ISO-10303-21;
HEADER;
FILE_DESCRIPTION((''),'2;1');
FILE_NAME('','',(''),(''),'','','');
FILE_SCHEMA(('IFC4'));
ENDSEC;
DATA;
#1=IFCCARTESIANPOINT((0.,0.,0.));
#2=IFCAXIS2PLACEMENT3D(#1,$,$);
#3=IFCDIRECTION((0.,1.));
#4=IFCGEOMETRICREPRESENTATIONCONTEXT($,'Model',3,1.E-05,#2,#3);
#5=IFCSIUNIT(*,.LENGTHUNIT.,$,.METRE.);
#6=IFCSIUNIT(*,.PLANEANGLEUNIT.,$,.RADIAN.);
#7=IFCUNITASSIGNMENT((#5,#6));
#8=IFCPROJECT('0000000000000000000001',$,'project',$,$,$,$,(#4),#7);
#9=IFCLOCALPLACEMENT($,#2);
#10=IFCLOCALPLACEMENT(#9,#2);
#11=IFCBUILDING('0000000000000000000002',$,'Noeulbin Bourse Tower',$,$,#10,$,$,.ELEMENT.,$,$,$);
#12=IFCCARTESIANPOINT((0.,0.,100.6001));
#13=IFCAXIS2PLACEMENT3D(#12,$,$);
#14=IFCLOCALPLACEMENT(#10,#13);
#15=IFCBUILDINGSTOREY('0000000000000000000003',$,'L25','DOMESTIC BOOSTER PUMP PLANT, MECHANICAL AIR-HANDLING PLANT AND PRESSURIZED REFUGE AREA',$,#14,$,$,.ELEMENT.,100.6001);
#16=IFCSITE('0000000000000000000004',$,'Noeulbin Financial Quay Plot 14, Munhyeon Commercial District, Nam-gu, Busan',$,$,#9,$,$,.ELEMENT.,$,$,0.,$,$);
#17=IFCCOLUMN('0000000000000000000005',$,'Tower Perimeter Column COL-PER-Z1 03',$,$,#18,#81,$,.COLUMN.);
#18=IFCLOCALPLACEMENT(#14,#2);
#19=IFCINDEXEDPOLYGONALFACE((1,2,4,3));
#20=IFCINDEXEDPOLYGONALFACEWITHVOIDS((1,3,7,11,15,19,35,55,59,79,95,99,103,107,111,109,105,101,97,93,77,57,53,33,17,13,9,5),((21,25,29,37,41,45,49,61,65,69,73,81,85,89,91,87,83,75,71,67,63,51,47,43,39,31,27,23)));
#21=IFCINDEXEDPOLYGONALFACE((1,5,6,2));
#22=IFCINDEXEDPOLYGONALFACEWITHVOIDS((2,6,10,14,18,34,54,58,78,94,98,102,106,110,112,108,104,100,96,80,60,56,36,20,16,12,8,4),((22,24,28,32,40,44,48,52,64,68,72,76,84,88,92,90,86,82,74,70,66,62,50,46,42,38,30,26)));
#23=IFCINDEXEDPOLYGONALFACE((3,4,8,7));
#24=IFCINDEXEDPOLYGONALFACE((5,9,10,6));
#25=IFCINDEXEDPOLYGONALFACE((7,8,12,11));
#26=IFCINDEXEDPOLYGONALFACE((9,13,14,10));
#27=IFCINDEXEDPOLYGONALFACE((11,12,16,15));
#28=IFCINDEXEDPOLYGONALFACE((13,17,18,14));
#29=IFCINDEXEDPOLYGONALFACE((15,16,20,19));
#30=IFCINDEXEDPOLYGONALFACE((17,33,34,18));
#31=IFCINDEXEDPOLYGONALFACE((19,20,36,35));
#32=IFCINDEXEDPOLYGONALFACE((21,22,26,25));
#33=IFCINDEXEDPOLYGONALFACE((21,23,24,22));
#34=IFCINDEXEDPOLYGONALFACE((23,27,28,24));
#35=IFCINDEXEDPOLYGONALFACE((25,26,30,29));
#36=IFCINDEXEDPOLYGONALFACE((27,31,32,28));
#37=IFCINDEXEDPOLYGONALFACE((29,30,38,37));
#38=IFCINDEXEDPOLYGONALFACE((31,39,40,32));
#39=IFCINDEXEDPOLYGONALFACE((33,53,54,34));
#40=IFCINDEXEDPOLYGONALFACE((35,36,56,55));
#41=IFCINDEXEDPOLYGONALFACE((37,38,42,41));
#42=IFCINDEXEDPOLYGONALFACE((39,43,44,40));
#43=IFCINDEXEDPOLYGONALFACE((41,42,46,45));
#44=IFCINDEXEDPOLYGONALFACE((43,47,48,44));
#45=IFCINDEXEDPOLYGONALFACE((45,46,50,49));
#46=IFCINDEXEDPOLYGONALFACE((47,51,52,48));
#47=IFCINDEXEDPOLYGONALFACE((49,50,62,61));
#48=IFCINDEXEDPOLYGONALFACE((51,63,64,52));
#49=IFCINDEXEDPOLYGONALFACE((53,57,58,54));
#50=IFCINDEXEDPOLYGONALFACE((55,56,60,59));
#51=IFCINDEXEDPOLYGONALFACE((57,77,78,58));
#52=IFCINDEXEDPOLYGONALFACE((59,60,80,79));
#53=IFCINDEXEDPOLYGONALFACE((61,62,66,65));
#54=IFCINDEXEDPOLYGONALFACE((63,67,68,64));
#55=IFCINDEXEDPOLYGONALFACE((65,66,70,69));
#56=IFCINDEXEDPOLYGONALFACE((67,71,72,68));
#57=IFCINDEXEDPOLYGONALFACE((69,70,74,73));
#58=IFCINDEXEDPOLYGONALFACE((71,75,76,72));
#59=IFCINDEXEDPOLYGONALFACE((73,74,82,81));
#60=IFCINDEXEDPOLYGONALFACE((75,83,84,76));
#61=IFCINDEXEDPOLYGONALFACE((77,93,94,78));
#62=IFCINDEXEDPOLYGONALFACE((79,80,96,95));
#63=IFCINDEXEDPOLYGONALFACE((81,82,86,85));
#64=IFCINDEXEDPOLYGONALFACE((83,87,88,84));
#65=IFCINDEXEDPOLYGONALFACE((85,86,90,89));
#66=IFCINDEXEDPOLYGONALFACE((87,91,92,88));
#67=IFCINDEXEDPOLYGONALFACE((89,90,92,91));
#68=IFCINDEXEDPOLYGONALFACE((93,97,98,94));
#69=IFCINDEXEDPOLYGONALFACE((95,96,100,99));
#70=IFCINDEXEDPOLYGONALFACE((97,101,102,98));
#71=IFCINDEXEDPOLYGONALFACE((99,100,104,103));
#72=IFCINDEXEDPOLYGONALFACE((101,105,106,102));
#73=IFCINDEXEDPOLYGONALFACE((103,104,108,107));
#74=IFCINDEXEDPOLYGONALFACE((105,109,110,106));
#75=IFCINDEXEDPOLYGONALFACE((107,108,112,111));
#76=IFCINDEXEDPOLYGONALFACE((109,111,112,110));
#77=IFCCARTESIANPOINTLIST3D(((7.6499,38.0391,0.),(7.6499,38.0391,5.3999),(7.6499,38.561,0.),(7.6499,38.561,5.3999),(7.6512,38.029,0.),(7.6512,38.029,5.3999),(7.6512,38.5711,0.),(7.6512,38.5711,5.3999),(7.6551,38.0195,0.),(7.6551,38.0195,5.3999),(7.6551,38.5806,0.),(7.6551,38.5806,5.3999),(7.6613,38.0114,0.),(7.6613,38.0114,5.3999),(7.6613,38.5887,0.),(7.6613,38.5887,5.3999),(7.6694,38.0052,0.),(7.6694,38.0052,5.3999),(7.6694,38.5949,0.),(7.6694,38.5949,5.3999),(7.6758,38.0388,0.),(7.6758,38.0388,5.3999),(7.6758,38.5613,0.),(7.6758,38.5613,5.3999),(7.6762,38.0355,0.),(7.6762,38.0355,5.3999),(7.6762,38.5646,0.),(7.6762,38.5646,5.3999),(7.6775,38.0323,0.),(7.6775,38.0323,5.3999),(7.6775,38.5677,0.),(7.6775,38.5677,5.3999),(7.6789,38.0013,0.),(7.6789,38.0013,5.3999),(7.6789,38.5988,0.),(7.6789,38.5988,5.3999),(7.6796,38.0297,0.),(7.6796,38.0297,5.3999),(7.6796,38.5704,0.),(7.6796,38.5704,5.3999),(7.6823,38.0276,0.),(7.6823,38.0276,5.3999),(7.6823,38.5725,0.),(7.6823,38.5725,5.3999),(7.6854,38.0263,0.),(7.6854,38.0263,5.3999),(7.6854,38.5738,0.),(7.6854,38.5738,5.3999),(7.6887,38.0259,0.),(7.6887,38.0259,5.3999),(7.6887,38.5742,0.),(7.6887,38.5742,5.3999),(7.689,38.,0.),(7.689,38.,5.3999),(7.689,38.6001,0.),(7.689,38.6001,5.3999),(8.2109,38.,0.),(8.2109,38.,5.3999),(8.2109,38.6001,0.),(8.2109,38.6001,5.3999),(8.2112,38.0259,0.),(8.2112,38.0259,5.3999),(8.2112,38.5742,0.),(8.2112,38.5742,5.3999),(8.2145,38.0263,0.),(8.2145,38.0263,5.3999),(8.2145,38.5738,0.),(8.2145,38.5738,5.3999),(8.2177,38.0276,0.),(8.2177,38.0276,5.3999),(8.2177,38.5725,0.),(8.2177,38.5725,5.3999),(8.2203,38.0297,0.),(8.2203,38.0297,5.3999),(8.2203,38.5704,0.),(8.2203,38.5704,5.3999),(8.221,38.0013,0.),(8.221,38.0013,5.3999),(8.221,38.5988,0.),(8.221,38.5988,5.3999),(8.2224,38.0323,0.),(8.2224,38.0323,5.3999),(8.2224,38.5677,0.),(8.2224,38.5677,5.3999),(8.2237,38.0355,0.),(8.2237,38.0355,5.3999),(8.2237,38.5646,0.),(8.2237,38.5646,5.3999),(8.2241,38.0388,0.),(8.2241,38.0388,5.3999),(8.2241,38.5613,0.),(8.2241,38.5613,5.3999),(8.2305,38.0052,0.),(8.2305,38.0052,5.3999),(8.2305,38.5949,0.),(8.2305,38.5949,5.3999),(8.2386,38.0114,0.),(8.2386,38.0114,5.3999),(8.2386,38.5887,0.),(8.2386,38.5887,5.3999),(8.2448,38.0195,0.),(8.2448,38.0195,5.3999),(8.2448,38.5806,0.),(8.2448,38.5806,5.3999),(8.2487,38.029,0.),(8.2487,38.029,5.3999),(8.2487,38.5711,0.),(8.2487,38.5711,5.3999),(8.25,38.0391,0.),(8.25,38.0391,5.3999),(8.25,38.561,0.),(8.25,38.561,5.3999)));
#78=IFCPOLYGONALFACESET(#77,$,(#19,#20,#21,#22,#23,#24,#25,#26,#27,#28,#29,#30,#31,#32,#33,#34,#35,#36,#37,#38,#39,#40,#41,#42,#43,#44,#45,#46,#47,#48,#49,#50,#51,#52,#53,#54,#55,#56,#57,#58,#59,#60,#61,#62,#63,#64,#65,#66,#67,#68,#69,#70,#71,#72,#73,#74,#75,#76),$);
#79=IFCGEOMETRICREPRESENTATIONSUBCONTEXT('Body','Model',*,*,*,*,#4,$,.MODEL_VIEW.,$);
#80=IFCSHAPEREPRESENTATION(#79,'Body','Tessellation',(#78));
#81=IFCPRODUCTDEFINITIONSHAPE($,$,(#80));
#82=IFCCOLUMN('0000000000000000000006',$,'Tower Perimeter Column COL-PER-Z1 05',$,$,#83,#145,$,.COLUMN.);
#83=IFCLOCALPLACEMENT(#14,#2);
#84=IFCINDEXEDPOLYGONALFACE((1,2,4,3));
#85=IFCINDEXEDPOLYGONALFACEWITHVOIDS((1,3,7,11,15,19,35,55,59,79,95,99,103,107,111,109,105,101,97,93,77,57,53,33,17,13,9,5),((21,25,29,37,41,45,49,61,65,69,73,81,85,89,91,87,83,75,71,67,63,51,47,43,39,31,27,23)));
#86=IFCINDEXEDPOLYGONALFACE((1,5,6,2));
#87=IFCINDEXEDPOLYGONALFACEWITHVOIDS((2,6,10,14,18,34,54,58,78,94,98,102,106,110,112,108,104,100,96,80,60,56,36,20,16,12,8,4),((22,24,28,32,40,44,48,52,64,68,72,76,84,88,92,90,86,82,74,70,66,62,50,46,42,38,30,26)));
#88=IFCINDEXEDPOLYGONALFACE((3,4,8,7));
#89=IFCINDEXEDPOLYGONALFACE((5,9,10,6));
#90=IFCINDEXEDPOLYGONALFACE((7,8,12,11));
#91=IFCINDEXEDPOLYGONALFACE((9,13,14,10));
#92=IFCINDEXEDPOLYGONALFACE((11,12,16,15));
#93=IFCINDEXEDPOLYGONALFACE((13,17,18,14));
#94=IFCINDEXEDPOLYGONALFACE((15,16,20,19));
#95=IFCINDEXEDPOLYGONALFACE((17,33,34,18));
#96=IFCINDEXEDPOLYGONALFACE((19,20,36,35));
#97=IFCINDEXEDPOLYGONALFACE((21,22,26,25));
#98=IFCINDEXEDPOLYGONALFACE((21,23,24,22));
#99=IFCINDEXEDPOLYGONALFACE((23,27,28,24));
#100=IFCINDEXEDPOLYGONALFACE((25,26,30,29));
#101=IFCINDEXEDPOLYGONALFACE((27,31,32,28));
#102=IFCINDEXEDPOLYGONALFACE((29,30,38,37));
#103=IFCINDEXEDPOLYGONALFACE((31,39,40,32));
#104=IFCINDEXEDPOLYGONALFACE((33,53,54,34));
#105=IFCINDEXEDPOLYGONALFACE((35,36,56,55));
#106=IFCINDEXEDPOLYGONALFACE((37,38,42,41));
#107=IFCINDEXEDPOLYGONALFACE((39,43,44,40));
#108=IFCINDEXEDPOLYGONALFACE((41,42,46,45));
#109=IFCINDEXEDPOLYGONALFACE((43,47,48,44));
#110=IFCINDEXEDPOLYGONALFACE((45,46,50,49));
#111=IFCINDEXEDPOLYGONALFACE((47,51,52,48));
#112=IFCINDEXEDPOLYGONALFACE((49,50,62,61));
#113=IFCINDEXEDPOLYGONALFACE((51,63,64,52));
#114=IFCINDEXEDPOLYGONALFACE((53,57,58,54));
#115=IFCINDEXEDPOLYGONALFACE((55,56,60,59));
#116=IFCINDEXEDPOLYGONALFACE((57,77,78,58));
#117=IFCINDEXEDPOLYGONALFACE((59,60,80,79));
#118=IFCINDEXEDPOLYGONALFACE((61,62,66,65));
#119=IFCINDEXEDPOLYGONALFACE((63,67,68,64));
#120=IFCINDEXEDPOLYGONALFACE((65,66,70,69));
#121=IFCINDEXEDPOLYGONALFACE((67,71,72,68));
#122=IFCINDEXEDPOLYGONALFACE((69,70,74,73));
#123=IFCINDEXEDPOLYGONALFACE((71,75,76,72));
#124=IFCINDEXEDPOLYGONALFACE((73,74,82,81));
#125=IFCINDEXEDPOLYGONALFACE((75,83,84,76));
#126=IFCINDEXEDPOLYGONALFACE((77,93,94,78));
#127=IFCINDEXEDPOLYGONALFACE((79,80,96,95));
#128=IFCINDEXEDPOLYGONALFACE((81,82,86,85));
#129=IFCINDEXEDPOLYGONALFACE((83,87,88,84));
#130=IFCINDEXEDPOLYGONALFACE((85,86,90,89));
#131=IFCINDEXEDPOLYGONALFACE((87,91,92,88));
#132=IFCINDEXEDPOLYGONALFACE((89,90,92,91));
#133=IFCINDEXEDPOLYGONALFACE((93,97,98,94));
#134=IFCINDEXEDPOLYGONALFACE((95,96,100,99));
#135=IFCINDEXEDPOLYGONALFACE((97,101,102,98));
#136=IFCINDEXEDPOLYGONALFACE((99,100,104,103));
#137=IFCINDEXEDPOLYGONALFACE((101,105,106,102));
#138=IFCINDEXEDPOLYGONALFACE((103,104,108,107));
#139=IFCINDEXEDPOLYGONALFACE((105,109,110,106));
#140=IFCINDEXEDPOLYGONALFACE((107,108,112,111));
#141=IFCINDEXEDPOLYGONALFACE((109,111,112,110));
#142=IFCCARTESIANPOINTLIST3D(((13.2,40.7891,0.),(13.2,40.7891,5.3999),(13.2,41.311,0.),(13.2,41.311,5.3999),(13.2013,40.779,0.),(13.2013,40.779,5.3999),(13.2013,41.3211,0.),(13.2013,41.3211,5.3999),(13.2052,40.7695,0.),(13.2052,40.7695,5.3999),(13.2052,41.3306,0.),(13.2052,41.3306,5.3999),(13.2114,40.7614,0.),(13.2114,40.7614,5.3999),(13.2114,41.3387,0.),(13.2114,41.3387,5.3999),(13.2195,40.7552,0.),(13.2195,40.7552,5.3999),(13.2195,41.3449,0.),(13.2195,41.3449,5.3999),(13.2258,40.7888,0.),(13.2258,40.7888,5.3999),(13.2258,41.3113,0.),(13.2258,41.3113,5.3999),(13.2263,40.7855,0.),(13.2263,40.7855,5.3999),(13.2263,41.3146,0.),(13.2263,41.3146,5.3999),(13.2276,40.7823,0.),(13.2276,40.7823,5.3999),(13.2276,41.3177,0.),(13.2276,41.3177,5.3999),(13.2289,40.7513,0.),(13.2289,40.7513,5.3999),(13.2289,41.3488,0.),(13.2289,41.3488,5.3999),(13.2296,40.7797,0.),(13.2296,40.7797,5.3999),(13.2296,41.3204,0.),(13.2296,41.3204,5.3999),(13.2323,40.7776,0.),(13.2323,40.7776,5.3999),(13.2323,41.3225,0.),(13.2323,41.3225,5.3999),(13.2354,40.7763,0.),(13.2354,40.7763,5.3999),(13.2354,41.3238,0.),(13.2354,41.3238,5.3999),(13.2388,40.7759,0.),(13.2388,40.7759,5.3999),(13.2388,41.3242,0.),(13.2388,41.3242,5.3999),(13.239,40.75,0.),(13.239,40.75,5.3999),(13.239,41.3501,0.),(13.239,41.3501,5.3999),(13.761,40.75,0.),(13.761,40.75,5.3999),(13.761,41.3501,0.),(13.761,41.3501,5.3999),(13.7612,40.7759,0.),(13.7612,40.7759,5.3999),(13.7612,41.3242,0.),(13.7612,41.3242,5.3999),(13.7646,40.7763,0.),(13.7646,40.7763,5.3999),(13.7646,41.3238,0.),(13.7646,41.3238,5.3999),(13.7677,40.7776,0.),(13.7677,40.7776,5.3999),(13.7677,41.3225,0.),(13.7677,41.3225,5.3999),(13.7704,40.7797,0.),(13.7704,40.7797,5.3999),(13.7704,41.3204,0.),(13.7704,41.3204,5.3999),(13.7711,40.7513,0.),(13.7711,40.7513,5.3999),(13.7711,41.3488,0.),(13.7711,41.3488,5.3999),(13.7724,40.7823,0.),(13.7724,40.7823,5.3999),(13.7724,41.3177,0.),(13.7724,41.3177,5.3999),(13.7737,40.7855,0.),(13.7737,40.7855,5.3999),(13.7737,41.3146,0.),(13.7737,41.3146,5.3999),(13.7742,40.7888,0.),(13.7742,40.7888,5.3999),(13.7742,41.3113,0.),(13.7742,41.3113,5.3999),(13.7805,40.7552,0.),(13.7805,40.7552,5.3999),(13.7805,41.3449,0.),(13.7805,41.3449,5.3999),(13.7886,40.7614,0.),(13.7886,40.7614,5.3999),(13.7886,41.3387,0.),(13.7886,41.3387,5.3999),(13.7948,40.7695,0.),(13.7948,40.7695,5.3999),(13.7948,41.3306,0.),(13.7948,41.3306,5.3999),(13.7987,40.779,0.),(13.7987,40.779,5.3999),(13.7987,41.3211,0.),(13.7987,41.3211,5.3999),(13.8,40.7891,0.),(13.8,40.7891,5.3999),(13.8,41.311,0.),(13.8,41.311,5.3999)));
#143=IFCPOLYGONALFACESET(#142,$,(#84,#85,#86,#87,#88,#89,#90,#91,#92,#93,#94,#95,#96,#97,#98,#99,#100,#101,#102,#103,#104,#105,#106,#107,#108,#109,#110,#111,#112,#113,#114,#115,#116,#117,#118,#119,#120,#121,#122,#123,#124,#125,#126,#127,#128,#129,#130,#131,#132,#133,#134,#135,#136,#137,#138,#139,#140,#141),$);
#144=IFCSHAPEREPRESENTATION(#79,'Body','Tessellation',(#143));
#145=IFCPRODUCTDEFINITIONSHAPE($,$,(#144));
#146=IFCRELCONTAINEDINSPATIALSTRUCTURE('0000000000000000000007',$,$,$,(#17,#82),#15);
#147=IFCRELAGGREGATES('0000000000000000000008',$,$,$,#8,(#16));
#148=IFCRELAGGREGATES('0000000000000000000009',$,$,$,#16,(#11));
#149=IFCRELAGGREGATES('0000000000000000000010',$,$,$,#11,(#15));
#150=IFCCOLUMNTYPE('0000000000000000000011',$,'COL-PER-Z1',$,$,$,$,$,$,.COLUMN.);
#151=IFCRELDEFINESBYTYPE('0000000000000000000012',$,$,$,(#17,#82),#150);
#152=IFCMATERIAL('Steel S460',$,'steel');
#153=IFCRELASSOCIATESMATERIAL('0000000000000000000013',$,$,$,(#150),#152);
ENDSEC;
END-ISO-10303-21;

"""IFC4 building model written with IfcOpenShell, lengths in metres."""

from ifc_helpers import new_model, si_unit, direction, frame, origin, origin_2d, place, context, subcontext, project, spatial, hollow_rectangle, extrude, material, material_profile, profile_set, type_object, element, save


model = new_model("IFC4")

# Units and contexts
model_context = context("Model", 3, precision=1e-05, world=origin(), true_north=direction((0.0, 1.0)))
body_context = subcontext(model_context, "Body", "Model", "MODEL_VIEW")
ifc_project = project(units=[si_unit("LENGTHUNIT", "METRE"), si_unit("PLANEANGLEUNIT", "RADIAN")], contexts=[model_context])

# Site, building, storey
site_placement = place(None, origin())
site = spatial("IfcSite", under=ifc_project, at=site_placement, Name="Noeulbin Financial Quay Plot 14, Munhyeon Commercial District, Nam-gu, Busan", CompositionType="ELEMENT", RefElevation=0.0)
building_placement = place(site_placement, origin())
building = spatial("IfcBuilding", under=site, at=building_placement, Name="Noeulbin Bourse Tower", CompositionType="ELEMENT")
storey_placement = place(building_placement, frame((0.0, 0.0, 100.6001)))
storey = spatial("IfcBuildingStorey", under=building, at=storey_placement, Name="L25", Description="DOMESTIC BOOSTER PUMP PLANT, MECHANICAL AIR-HANDLING PLANT AND PRESSURIZED REFUGE AREA", CompositionType="ELEMENT", Elevation=100.6001)

# Columns
ifc_material_1 = material(Name="Steel S460", Category="steel")
ifc_material_profile_1 = material_profile(ifc_material_1, hollow_rectangle(XDim=0.6001, YDim=0.6001, WallThickness=0.0259, InnerFilletRadius=0.0129, OuterFilletRadius=0.0391, at=origin_2d()), Name="BOX-600x600x26", Category="LoadBearing")
ifc_profile_set_1 = profile_set([ifc_material_profile_1], Name="Steel S460")
column_type_1 = type_object("IfcColumnType", Name="COL-PER-Z1", PredefinedType="COLUMN", material=ifc_profile_set_1)
for number, where, z_axis, x_axis, name in (
    (1, (7.95, 38.3, 0.0), (0.0, 0.0, 1.0), (1.0, 0.0, 0.0), "Tower Perimeter Column COL-PER-Z1 03"),
    (2, (13.5, 41.05, 0.0), (0.0, 0.0, 1.0), (1.0, 0.0, 0.0), "Tower Perimeter Column COL-PER-Z1 05"),
):
    element("IfcColumn", number, at=place(storey_placement, frame(where, z_axis=z_axis, x_axis=x_axis)), inside=storey, type_object=column_type_1, Name=name, PredefinedType="COLUMN", context=body_context, shape_type="SweptSolid", body=[
        extrude(hollow_rectangle(XDim=0.6001, YDim=0.6001, WallThickness=0.0259, InnerFilletRadius=0.0129, OuterFilletRadius=0.0391, at=origin_2d()), origin(), (0.0, 0.0, 1.0), 5.3999),
    ])

save(model, "model.ifc")
